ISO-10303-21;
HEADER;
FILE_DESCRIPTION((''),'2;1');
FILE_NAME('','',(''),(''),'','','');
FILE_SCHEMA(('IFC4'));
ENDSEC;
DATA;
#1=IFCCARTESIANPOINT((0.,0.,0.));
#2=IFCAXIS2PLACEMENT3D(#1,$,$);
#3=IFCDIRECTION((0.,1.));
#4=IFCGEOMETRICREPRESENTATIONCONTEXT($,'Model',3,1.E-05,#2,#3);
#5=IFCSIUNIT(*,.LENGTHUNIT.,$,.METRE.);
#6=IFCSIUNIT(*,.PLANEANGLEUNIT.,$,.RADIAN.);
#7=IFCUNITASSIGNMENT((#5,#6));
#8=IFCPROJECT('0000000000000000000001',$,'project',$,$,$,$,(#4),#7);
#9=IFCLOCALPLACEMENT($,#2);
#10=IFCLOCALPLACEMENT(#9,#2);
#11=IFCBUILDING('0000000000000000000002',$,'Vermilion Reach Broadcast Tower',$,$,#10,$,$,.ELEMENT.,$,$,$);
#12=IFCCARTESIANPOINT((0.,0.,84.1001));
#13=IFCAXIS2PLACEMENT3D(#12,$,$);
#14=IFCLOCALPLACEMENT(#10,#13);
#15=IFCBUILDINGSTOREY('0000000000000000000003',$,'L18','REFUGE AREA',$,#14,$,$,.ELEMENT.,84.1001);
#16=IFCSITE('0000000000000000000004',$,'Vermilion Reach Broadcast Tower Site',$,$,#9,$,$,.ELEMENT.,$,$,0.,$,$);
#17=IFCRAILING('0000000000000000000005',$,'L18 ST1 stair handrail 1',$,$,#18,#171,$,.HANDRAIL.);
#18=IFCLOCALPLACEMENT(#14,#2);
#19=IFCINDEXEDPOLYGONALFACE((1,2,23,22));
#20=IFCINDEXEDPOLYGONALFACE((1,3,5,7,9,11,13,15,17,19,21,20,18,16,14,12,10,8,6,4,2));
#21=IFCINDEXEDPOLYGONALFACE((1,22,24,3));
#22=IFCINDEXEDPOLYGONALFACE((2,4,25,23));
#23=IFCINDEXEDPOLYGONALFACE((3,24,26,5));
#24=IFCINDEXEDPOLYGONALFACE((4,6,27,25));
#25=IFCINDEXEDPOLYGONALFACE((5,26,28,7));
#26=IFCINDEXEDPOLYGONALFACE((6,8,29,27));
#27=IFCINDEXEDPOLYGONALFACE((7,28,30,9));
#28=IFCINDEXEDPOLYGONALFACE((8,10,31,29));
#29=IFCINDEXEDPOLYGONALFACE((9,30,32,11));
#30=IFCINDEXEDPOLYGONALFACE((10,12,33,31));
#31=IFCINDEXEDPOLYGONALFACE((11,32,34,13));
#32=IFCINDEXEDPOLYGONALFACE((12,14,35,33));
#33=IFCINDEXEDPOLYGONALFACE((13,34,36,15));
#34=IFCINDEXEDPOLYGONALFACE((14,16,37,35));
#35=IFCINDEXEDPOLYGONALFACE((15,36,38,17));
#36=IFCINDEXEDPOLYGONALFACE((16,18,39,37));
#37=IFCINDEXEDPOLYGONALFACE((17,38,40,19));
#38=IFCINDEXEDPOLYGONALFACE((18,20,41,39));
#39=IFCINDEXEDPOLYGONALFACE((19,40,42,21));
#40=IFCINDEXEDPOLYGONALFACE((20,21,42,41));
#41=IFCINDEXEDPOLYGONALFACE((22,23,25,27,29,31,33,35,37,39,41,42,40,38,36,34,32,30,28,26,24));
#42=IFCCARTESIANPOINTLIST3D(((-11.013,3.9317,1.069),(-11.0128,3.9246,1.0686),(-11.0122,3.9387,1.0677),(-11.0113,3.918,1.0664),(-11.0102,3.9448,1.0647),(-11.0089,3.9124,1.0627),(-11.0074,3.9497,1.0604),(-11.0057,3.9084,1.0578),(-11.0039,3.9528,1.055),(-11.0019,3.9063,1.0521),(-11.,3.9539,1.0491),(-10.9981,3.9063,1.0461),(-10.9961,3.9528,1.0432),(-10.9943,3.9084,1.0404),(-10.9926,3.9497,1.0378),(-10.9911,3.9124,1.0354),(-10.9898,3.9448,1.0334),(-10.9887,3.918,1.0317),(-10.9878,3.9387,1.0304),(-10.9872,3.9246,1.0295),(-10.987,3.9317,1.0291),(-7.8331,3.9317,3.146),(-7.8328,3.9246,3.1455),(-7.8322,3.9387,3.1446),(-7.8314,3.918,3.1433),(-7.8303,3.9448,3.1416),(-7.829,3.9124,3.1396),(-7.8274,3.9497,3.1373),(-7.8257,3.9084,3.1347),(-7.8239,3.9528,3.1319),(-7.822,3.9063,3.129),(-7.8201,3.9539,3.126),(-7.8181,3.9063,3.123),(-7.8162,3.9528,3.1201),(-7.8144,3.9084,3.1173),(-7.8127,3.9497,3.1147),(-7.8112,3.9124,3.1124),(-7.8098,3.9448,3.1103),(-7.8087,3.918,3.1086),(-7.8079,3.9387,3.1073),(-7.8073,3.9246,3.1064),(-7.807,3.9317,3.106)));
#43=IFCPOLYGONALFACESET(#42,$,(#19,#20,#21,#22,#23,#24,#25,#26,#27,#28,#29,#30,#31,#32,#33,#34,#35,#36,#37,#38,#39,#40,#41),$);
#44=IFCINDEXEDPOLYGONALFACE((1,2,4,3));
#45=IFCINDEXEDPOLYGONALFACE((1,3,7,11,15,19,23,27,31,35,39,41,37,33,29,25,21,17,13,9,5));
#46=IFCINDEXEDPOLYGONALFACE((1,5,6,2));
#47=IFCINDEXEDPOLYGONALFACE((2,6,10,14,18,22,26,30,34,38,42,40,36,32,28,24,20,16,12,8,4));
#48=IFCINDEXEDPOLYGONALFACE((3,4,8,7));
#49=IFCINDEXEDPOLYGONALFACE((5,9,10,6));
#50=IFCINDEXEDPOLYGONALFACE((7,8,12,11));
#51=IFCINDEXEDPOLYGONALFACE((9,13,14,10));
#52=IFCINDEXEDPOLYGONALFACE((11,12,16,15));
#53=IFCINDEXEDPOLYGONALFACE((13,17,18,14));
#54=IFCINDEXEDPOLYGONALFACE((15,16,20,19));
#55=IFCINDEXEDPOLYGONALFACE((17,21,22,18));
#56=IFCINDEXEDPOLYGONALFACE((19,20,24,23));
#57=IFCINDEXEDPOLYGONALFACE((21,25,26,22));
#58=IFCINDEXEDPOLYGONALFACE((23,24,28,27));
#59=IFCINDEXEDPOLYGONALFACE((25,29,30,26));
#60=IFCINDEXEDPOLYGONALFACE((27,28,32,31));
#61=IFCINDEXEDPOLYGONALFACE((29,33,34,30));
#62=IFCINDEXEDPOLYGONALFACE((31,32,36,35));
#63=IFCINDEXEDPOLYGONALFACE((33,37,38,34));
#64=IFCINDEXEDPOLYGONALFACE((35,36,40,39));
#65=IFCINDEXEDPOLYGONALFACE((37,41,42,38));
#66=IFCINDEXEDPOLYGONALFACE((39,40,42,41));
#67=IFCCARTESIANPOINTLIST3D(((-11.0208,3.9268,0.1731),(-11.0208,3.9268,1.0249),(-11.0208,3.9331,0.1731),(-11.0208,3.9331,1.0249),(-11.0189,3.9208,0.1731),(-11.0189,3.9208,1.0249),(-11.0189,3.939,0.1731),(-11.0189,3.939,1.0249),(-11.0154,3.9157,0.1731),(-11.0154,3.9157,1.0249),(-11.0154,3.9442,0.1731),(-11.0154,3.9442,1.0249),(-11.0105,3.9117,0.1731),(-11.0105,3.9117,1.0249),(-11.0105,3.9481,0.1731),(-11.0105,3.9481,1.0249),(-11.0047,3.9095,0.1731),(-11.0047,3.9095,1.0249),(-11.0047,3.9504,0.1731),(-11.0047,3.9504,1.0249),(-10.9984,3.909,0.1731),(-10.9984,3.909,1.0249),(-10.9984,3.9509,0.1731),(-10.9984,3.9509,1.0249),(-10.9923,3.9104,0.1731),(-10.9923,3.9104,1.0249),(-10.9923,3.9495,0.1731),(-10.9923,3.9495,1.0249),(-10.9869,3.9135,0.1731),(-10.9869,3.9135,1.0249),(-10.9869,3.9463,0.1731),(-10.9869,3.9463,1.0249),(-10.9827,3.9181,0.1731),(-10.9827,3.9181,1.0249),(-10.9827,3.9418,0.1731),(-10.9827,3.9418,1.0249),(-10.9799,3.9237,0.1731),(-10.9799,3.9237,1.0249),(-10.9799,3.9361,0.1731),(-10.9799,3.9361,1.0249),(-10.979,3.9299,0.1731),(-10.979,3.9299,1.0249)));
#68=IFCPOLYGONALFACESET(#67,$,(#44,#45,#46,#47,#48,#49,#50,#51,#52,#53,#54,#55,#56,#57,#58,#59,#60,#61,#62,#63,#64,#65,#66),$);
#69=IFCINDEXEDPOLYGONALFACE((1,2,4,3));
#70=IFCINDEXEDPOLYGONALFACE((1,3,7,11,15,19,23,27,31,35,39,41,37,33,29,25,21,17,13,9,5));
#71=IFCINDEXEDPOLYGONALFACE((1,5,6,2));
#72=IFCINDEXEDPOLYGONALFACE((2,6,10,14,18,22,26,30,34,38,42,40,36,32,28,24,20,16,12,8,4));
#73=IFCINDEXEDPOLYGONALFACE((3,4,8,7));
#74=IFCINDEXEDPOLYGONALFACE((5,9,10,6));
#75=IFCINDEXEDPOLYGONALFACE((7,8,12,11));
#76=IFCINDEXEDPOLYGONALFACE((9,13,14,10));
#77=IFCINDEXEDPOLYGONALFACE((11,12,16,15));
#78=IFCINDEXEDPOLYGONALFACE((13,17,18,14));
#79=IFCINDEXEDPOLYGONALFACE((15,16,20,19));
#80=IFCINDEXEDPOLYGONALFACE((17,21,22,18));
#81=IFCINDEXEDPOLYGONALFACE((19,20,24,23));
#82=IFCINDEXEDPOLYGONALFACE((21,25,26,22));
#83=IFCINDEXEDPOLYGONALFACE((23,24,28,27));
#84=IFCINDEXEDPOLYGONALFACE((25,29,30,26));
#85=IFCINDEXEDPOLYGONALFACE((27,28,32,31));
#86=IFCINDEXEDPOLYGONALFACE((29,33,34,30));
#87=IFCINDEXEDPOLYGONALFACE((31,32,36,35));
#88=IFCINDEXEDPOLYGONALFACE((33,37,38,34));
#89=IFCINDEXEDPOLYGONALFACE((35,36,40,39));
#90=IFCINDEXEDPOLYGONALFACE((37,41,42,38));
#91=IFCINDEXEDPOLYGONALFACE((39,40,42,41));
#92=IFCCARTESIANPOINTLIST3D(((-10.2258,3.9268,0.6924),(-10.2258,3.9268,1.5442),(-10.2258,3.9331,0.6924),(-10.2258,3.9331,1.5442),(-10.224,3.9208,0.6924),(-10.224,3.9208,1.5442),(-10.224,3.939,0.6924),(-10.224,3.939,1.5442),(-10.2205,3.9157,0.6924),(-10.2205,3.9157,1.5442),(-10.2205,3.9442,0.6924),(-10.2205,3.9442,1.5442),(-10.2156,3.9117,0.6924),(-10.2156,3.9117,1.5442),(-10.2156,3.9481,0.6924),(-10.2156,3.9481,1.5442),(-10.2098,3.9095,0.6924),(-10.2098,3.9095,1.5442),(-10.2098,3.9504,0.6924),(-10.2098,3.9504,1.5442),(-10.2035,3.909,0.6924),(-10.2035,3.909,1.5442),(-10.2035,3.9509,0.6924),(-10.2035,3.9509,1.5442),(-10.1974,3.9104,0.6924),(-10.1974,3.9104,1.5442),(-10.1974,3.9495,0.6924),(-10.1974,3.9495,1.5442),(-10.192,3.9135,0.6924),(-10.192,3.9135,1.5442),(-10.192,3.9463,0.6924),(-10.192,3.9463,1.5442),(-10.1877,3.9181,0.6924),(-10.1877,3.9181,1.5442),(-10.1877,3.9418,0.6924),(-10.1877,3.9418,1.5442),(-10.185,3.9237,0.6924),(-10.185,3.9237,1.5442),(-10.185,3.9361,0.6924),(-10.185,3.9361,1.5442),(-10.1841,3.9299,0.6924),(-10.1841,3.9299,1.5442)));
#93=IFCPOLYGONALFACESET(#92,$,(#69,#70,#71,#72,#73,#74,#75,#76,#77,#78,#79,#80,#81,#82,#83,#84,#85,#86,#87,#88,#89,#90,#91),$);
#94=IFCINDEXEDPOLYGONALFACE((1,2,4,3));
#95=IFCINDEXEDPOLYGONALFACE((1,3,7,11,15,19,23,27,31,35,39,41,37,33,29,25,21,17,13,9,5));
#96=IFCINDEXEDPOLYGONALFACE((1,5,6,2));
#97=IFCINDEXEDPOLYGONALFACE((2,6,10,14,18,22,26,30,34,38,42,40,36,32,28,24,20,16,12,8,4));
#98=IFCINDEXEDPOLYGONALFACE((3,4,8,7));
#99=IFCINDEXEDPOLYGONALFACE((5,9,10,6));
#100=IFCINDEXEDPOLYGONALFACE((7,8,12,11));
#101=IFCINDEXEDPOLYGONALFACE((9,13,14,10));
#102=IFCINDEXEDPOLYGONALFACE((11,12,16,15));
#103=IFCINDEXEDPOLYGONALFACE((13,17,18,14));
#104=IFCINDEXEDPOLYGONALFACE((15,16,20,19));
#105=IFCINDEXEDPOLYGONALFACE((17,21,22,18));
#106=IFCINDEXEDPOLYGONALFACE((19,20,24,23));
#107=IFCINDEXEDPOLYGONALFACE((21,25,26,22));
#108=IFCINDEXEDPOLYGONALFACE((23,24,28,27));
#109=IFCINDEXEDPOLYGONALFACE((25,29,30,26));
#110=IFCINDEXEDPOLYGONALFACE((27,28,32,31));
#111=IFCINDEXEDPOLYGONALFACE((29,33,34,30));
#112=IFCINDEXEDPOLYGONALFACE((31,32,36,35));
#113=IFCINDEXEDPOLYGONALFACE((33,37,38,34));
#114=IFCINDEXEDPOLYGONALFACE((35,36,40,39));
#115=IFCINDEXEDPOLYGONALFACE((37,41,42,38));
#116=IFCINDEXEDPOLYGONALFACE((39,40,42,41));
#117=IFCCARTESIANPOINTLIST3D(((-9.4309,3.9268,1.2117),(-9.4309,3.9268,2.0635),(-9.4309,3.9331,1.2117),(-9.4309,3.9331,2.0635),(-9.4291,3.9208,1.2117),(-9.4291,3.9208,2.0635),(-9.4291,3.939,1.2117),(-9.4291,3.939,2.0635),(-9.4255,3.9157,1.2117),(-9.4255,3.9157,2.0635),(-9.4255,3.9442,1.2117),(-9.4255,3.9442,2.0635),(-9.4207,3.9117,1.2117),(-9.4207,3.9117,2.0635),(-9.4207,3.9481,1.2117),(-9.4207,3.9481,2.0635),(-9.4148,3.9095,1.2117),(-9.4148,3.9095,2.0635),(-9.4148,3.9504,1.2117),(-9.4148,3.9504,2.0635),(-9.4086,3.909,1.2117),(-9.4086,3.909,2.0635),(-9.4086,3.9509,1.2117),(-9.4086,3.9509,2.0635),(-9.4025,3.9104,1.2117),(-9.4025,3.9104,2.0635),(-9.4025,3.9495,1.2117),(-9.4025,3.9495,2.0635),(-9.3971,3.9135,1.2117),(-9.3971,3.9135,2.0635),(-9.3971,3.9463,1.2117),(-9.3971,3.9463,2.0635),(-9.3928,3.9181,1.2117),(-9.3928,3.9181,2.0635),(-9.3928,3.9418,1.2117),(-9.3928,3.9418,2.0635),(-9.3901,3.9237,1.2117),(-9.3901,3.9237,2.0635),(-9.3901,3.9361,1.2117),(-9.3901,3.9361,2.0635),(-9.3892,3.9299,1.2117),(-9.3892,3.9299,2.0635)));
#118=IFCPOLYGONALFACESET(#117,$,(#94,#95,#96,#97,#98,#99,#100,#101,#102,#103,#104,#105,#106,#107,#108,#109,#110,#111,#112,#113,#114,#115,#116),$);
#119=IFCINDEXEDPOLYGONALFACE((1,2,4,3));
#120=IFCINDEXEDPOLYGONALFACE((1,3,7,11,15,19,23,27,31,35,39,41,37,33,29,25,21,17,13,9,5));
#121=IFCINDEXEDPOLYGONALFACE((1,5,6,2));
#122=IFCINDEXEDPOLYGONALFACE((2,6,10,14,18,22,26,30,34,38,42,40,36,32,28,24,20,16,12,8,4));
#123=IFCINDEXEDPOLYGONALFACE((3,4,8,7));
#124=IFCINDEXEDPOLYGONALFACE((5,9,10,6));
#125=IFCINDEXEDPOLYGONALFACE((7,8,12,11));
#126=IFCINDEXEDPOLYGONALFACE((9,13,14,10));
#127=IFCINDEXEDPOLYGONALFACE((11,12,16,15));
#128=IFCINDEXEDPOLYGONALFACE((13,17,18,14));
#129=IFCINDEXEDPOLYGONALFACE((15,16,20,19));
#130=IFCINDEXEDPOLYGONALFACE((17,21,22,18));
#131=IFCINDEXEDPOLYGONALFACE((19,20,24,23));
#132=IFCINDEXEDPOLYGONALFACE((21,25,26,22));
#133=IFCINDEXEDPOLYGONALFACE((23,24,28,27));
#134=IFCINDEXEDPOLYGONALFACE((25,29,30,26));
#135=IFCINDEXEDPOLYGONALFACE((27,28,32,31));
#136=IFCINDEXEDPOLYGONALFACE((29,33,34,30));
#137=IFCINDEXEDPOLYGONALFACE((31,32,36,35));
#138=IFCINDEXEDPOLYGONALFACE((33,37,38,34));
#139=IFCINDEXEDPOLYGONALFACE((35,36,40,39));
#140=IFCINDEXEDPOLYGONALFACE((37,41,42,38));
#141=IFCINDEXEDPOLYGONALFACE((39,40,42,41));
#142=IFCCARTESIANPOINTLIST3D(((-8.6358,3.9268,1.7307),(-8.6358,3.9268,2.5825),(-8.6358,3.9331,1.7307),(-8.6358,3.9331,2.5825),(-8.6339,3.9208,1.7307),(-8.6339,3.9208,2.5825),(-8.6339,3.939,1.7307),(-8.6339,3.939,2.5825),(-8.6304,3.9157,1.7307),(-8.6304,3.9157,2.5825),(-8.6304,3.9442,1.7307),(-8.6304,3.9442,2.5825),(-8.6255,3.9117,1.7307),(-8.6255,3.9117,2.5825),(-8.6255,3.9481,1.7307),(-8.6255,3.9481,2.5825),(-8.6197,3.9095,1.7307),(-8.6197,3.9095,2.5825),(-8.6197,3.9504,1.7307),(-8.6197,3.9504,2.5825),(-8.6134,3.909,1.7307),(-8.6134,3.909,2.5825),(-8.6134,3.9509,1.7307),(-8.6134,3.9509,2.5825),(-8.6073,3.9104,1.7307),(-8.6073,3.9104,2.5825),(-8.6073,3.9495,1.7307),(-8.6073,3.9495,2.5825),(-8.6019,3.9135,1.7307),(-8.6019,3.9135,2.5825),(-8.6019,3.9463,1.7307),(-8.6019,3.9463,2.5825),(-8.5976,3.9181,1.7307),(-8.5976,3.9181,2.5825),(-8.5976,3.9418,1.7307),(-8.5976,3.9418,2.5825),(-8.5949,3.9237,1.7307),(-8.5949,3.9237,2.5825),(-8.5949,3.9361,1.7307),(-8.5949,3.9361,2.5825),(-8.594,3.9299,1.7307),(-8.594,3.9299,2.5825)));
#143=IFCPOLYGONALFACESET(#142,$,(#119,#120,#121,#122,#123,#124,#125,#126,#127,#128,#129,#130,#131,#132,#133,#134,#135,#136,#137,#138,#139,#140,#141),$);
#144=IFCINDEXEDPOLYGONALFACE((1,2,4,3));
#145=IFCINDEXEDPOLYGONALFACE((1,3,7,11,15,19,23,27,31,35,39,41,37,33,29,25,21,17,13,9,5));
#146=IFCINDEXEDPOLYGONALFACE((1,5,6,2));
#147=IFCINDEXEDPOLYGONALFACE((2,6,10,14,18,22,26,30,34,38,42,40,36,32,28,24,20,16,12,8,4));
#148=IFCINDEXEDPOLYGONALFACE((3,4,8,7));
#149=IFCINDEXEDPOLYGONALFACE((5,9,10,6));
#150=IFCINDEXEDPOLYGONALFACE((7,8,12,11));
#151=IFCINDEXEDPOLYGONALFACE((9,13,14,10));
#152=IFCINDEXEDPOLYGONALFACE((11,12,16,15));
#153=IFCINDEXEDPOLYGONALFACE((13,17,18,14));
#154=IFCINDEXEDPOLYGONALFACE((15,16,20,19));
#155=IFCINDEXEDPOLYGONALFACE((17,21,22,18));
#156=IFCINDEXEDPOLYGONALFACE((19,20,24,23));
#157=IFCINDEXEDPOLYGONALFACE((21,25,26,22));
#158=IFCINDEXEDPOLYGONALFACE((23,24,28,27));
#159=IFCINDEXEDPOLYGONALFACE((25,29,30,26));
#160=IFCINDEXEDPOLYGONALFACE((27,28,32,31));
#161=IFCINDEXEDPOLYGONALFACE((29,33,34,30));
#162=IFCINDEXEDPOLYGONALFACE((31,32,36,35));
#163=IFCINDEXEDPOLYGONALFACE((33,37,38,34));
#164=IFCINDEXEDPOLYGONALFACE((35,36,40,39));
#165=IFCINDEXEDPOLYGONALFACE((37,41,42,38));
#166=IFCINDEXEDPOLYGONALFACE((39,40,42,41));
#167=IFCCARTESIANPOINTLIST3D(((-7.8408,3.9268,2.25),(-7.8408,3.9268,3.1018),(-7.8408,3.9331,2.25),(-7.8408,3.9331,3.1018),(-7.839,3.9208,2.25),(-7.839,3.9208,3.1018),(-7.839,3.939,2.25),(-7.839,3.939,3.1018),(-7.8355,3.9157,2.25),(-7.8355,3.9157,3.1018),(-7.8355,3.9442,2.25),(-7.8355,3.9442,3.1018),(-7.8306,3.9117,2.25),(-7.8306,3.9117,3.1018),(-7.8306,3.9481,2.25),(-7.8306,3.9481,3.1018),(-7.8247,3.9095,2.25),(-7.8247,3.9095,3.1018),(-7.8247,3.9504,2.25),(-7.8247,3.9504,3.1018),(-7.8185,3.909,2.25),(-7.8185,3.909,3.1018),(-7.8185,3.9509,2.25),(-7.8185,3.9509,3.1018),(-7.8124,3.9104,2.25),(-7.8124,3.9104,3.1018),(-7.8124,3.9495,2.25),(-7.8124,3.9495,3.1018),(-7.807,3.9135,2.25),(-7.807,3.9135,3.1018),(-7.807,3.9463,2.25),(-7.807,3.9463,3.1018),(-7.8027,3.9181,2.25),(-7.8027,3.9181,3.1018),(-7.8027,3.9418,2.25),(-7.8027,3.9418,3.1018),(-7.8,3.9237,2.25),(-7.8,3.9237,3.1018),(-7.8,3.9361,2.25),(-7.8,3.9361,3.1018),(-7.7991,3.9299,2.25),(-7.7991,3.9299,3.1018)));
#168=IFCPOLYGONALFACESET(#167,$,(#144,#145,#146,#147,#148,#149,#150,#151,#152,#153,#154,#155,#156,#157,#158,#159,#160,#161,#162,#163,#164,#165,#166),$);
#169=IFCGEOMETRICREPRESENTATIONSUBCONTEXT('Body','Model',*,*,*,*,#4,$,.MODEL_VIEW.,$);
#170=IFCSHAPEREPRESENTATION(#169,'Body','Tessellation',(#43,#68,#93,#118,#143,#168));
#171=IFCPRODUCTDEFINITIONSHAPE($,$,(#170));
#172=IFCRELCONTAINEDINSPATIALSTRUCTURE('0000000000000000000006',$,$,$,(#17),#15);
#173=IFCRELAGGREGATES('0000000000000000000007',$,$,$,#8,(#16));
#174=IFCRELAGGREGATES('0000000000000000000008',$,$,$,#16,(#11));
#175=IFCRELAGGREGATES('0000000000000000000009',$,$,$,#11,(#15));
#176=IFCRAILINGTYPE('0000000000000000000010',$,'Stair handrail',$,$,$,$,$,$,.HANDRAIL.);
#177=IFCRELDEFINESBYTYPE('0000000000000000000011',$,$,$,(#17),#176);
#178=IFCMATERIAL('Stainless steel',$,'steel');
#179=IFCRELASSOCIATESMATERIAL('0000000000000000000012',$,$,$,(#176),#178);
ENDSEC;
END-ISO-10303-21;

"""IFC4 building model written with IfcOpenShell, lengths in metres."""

from ifc_helpers import new_model, si_unit, direction, frame, origin, origin_2d, place, context, subcontext, project, spatial, circle, extrude, material, type_object, element, save


model = new_model("IFC4")

# Units and contexts
model_context = context("Model", 3, precision=1e-05, world=origin(), true_north=direction((0.0, 1.0)))
body_context = subcontext(model_context, "Body", "Model", "MODEL_VIEW")
ifc_project = project(units=[si_unit("LENGTHUNIT", "METRE"), si_unit("PLANEANGLEUNIT", "RADIAN")], contexts=[model_context])

# Site, building, storey
site_placement = place(None, origin())
site = spatial("IfcSite", under=ifc_project, at=site_placement, Name="Vermilion Reach Broadcast Tower Site", CompositionType="ELEMENT", RefElevation=0.0)
building_placement = place(site_placement, origin())
building = spatial("IfcBuilding", under=site, at=building_placement, Name="Vermilion Reach Broadcast Tower", CompositionType="ELEMENT")
storey_placement = place(building_placement, frame((0.0, 0.0, 84.1001)))
storey = spatial("IfcBuildingStorey", under=building, at=storey_placement, Name="L18", Description="REFUGE AREA", CompositionType="ELEMENT", Elevation=84.1001)

# Railing
ifc_material_1 = material(Name="Stainless steel", Category="steel")
railing_type_1 = type_object("IfcRailingType", Name="Stair handrail", PredefinedType="HANDRAIL", material=ifc_material_1)
railing_1_placement = place(storey_placement, frame((-11.0, 3.9299, 0.1731)))
element("IfcRailing", 1, at=railing_1_placement, inside=storey, type_object=railing_type_1, Name="L18 ST1 stair handrail 1", PredefinedType="HANDRAIL", context=body_context, shape_type="SweptSolid", body=[
    extrude(circle(Radius=0.0239, at=origin_2d()), frame((0.0, 0.0, 0.876), z_axis=(0.837245, 0.0, 0.546828), x_axis=(0.0, 1.0, 0.0)), (0.0, 0.0, 1.0), 3.7981),
    extrude(circle(Radius=0.021, at=origin_2d()), origin(), (0.0, 0.0, 1.0), 0.8518),
    extrude(circle(Radius=0.021, at=origin_2d()), frame((0.7949, 0.0, 0.5193)), (0.0, 0.0, 1.0), 0.8518),
    extrude(circle(Radius=0.021, at=origin_2d()), frame((1.5898, 0.0, 1.0386)), (0.0, 0.0, 1.0), 0.8518),
    extrude(circle(Radius=0.021, at=origin_2d()), frame((2.385, 0.0, 1.5576)), (0.0, 0.0, 1.0), 0.8518),
    extrude(circle(Radius=0.021, at=origin_2d()), frame((3.1799, 0.0, 2.0769)), (0.0, 0.0, 1.0), 0.8518),
])

save(model, "model.ifc")
